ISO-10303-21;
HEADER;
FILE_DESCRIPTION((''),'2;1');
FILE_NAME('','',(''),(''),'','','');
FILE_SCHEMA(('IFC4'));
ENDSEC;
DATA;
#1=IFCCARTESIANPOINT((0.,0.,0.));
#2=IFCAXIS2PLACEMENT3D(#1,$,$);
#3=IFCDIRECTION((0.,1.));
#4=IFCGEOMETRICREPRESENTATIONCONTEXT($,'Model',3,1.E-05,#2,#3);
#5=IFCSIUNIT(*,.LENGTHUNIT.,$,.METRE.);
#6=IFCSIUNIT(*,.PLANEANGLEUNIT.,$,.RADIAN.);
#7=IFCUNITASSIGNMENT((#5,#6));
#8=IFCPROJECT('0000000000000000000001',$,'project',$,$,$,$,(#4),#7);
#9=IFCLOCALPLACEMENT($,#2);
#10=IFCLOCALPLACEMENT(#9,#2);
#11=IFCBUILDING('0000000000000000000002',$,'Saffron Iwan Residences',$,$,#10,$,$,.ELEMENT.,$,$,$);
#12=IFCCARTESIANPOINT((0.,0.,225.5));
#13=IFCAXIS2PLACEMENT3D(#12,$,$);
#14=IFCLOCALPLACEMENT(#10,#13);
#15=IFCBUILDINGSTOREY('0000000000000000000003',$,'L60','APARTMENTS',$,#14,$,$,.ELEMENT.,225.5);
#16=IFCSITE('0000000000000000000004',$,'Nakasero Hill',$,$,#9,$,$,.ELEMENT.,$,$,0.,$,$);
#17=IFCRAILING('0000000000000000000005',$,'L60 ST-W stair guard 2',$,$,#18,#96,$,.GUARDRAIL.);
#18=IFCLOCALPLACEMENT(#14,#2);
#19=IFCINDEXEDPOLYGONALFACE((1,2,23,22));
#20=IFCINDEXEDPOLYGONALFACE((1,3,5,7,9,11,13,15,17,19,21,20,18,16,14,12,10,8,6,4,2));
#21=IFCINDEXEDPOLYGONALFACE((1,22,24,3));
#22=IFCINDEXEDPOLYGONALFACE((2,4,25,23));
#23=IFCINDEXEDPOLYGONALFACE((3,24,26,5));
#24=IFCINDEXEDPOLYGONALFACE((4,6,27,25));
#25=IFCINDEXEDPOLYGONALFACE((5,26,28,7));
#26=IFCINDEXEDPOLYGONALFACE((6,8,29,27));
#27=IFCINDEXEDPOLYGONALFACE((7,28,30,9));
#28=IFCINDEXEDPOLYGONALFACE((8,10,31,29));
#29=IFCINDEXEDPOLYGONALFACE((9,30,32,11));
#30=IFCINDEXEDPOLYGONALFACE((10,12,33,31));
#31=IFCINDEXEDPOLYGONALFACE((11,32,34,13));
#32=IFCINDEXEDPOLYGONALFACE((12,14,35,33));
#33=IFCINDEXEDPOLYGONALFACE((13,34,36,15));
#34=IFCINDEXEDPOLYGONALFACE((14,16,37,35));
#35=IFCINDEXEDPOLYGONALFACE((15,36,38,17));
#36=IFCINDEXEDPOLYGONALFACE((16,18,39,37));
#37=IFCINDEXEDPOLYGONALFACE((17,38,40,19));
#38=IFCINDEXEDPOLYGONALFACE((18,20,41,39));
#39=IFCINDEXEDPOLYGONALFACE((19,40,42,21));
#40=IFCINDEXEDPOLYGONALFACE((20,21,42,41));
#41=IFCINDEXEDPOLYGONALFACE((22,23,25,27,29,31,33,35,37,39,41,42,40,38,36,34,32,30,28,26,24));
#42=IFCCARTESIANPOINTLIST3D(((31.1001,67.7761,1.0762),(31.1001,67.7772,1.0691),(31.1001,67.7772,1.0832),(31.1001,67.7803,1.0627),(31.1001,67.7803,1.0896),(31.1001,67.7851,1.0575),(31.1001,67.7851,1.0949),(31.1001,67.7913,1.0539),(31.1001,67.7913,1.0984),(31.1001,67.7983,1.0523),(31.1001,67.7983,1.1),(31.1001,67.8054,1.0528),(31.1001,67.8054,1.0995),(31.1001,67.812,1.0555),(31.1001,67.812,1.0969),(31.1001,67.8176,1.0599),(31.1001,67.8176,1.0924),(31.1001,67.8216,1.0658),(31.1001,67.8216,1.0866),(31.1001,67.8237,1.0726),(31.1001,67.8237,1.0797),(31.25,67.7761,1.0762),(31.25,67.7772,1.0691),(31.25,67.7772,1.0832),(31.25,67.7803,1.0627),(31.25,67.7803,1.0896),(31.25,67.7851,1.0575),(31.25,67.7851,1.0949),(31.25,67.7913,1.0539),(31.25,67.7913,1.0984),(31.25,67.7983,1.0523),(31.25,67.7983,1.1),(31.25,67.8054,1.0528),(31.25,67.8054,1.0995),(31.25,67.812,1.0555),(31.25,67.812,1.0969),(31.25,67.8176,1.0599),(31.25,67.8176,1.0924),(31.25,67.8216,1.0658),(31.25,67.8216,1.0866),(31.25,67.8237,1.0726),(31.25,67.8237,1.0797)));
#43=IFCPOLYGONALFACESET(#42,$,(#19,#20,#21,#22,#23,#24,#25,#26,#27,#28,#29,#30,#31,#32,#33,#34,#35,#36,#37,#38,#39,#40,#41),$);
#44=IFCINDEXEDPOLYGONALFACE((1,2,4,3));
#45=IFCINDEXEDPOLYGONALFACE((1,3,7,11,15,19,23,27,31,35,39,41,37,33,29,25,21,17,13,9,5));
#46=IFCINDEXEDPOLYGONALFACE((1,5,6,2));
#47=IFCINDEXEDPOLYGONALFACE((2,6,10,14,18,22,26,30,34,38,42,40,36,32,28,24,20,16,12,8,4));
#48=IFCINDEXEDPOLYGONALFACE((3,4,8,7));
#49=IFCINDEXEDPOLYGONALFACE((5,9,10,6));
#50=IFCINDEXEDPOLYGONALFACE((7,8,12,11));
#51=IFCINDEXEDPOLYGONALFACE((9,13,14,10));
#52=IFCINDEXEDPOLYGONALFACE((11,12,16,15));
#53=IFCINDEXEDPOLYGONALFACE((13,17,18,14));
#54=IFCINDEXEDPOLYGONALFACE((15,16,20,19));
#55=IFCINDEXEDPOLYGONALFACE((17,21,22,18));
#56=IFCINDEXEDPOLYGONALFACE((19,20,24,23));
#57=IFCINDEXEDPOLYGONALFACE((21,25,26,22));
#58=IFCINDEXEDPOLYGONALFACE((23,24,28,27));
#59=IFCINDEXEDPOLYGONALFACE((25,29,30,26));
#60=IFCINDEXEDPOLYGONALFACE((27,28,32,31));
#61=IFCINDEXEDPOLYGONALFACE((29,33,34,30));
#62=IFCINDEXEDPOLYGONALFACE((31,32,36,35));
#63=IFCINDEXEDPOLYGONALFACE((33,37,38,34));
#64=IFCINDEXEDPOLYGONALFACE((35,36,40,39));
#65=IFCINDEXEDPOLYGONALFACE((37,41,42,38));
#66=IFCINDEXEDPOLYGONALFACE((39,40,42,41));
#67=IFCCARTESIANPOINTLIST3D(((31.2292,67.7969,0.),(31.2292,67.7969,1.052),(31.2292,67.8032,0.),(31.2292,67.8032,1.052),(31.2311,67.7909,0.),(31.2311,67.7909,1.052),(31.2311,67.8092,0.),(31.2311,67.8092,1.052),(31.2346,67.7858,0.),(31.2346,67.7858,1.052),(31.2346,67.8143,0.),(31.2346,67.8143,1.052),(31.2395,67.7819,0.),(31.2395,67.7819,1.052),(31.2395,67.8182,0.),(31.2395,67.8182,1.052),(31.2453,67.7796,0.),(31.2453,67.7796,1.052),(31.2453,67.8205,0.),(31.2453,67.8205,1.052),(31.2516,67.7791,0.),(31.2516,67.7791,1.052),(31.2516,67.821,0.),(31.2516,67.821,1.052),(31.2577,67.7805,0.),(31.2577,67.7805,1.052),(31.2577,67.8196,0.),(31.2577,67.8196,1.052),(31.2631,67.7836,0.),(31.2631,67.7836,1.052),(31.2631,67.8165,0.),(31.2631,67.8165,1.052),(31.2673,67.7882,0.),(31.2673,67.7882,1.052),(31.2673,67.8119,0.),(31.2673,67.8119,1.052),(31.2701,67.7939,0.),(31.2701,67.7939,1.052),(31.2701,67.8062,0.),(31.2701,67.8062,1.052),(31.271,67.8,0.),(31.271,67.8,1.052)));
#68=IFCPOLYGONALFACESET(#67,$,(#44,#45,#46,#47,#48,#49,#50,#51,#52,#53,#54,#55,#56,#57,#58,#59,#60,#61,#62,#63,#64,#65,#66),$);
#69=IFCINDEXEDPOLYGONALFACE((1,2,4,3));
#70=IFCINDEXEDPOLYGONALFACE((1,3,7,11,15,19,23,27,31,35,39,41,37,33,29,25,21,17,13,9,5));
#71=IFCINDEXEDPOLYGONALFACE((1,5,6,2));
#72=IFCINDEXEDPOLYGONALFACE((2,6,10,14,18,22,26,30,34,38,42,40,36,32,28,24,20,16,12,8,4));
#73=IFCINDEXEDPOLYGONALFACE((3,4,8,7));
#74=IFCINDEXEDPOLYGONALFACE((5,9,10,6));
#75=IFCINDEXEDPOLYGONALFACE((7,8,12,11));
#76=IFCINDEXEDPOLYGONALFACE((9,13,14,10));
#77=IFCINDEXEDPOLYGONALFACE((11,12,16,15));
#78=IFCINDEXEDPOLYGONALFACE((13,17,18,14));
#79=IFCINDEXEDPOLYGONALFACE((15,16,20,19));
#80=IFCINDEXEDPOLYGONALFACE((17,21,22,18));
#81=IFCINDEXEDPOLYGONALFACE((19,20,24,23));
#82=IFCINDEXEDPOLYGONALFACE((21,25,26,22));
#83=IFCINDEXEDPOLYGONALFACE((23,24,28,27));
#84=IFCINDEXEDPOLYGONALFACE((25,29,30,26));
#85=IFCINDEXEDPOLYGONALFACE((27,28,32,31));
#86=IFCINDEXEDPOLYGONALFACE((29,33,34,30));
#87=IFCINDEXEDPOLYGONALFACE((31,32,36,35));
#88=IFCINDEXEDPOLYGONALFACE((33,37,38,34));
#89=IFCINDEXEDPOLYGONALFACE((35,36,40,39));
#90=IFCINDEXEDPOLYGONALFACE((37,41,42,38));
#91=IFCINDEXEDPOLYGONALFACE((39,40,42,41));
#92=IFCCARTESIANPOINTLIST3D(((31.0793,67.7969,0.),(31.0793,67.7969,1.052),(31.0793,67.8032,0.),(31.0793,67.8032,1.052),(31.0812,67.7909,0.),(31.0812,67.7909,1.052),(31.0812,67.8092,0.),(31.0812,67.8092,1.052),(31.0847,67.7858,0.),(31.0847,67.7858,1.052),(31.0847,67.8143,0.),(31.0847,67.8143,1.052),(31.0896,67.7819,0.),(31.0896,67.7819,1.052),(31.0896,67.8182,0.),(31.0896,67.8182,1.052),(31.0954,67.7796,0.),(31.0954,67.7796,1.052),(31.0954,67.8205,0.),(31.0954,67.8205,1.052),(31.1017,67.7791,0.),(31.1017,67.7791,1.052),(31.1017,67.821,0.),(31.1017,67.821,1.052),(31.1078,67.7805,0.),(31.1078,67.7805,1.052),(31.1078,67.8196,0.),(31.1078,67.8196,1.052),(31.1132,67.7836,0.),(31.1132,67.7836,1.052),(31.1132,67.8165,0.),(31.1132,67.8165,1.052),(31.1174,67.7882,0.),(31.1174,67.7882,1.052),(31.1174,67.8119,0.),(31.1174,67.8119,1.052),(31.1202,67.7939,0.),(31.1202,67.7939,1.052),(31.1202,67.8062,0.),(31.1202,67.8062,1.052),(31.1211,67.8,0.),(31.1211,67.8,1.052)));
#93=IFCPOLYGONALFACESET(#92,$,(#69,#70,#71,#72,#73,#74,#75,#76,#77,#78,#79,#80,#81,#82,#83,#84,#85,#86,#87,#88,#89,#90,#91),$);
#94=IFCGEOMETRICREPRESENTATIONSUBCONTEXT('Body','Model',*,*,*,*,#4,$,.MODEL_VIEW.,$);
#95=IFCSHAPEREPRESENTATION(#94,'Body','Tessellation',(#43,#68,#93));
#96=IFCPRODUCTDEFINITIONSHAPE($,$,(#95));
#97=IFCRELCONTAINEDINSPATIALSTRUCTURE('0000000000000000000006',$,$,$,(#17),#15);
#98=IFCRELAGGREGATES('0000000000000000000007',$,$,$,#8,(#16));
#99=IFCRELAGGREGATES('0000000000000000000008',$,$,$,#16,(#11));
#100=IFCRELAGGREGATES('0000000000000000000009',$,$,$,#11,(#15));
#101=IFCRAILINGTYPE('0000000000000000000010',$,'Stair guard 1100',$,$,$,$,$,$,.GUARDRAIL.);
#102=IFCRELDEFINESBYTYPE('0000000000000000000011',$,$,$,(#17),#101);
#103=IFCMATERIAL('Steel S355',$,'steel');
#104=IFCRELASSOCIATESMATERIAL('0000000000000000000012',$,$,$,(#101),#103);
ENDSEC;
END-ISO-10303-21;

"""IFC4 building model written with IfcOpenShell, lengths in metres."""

from ifc_helpers import new_model, si_unit, direction, frame, origin, origin_2d, place, context, subcontext, project, spatial, circle, extrude, material, type_object, element, save


model = new_model("IFC4")

# Units and contexts
model_context = context("Model", 3, precision=1e-05, world=origin(), true_north=direction((0.0, 1.0)))
body_context = subcontext(model_context, "Body", "Model", "MODEL_VIEW")
ifc_project = project(units=[si_unit("LENGTHUNIT", "METRE"), si_unit("PLANEANGLEUNIT", "RADIAN")], contexts=[model_context])

# Site, building, storey
site_placement = place(None, origin())
site = spatial("IfcSite", under=ifc_project, at=site_placement, Name="Nakasero Hill", CompositionType="ELEMENT", RefElevation=0.0)
building_placement = place(site_placement, origin())
building = spatial("IfcBuilding", under=site, at=building_placement, Name="Saffron Iwan Residences", CompositionType="ELEMENT")
storey_placement = place(building_placement, frame((0.0, 0.0, 225.5)))
storey = spatial("IfcBuildingStorey", under=building, at=storey_placement, Name="L60", Description="APARTMENTS", CompositionType="ELEMENT", Elevation=225.5)

# Railing
ifc_material_1 = material(Name="Steel S355", Category="steel")
railing_type_1 = type_object("IfcRailingType", Name="Stair guard 1100", PredefinedType="GUARDRAIL", material=ifc_material_1)
railing_1_placement = place(storey_placement, frame((31.25, 67.8, 0.0)))
element("IfcRailing", 1, at=railing_1_placement, inside=storey, type_object=railing_type_1, Name="L60 ST-W stair guard 2", PredefinedType="GUARDRAIL", context=body_context, shape_type="SweptSolid", body=[
    extrude(circle(Radius=0.0239, at=origin_2d()), frame((0.0, 0.0, 1.0762), z_axis=(-1.0, 0.0, 0.0), x_axis=(0.0, -1.0, 0.0)), (0.0, 0.0, 1.0), 0.1499),
    extrude(circle(Radius=0.021, at=origin_2d()), origin(), (0.0, 0.0, 1.0), 1.052),
    extrude(circle(Radius=0.021, at=origin_2d()), frame((-0.1499, 0.0, 0.0)), (0.0, 0.0, 1.0), 1.052),
])

save(model, "model.ifc")
